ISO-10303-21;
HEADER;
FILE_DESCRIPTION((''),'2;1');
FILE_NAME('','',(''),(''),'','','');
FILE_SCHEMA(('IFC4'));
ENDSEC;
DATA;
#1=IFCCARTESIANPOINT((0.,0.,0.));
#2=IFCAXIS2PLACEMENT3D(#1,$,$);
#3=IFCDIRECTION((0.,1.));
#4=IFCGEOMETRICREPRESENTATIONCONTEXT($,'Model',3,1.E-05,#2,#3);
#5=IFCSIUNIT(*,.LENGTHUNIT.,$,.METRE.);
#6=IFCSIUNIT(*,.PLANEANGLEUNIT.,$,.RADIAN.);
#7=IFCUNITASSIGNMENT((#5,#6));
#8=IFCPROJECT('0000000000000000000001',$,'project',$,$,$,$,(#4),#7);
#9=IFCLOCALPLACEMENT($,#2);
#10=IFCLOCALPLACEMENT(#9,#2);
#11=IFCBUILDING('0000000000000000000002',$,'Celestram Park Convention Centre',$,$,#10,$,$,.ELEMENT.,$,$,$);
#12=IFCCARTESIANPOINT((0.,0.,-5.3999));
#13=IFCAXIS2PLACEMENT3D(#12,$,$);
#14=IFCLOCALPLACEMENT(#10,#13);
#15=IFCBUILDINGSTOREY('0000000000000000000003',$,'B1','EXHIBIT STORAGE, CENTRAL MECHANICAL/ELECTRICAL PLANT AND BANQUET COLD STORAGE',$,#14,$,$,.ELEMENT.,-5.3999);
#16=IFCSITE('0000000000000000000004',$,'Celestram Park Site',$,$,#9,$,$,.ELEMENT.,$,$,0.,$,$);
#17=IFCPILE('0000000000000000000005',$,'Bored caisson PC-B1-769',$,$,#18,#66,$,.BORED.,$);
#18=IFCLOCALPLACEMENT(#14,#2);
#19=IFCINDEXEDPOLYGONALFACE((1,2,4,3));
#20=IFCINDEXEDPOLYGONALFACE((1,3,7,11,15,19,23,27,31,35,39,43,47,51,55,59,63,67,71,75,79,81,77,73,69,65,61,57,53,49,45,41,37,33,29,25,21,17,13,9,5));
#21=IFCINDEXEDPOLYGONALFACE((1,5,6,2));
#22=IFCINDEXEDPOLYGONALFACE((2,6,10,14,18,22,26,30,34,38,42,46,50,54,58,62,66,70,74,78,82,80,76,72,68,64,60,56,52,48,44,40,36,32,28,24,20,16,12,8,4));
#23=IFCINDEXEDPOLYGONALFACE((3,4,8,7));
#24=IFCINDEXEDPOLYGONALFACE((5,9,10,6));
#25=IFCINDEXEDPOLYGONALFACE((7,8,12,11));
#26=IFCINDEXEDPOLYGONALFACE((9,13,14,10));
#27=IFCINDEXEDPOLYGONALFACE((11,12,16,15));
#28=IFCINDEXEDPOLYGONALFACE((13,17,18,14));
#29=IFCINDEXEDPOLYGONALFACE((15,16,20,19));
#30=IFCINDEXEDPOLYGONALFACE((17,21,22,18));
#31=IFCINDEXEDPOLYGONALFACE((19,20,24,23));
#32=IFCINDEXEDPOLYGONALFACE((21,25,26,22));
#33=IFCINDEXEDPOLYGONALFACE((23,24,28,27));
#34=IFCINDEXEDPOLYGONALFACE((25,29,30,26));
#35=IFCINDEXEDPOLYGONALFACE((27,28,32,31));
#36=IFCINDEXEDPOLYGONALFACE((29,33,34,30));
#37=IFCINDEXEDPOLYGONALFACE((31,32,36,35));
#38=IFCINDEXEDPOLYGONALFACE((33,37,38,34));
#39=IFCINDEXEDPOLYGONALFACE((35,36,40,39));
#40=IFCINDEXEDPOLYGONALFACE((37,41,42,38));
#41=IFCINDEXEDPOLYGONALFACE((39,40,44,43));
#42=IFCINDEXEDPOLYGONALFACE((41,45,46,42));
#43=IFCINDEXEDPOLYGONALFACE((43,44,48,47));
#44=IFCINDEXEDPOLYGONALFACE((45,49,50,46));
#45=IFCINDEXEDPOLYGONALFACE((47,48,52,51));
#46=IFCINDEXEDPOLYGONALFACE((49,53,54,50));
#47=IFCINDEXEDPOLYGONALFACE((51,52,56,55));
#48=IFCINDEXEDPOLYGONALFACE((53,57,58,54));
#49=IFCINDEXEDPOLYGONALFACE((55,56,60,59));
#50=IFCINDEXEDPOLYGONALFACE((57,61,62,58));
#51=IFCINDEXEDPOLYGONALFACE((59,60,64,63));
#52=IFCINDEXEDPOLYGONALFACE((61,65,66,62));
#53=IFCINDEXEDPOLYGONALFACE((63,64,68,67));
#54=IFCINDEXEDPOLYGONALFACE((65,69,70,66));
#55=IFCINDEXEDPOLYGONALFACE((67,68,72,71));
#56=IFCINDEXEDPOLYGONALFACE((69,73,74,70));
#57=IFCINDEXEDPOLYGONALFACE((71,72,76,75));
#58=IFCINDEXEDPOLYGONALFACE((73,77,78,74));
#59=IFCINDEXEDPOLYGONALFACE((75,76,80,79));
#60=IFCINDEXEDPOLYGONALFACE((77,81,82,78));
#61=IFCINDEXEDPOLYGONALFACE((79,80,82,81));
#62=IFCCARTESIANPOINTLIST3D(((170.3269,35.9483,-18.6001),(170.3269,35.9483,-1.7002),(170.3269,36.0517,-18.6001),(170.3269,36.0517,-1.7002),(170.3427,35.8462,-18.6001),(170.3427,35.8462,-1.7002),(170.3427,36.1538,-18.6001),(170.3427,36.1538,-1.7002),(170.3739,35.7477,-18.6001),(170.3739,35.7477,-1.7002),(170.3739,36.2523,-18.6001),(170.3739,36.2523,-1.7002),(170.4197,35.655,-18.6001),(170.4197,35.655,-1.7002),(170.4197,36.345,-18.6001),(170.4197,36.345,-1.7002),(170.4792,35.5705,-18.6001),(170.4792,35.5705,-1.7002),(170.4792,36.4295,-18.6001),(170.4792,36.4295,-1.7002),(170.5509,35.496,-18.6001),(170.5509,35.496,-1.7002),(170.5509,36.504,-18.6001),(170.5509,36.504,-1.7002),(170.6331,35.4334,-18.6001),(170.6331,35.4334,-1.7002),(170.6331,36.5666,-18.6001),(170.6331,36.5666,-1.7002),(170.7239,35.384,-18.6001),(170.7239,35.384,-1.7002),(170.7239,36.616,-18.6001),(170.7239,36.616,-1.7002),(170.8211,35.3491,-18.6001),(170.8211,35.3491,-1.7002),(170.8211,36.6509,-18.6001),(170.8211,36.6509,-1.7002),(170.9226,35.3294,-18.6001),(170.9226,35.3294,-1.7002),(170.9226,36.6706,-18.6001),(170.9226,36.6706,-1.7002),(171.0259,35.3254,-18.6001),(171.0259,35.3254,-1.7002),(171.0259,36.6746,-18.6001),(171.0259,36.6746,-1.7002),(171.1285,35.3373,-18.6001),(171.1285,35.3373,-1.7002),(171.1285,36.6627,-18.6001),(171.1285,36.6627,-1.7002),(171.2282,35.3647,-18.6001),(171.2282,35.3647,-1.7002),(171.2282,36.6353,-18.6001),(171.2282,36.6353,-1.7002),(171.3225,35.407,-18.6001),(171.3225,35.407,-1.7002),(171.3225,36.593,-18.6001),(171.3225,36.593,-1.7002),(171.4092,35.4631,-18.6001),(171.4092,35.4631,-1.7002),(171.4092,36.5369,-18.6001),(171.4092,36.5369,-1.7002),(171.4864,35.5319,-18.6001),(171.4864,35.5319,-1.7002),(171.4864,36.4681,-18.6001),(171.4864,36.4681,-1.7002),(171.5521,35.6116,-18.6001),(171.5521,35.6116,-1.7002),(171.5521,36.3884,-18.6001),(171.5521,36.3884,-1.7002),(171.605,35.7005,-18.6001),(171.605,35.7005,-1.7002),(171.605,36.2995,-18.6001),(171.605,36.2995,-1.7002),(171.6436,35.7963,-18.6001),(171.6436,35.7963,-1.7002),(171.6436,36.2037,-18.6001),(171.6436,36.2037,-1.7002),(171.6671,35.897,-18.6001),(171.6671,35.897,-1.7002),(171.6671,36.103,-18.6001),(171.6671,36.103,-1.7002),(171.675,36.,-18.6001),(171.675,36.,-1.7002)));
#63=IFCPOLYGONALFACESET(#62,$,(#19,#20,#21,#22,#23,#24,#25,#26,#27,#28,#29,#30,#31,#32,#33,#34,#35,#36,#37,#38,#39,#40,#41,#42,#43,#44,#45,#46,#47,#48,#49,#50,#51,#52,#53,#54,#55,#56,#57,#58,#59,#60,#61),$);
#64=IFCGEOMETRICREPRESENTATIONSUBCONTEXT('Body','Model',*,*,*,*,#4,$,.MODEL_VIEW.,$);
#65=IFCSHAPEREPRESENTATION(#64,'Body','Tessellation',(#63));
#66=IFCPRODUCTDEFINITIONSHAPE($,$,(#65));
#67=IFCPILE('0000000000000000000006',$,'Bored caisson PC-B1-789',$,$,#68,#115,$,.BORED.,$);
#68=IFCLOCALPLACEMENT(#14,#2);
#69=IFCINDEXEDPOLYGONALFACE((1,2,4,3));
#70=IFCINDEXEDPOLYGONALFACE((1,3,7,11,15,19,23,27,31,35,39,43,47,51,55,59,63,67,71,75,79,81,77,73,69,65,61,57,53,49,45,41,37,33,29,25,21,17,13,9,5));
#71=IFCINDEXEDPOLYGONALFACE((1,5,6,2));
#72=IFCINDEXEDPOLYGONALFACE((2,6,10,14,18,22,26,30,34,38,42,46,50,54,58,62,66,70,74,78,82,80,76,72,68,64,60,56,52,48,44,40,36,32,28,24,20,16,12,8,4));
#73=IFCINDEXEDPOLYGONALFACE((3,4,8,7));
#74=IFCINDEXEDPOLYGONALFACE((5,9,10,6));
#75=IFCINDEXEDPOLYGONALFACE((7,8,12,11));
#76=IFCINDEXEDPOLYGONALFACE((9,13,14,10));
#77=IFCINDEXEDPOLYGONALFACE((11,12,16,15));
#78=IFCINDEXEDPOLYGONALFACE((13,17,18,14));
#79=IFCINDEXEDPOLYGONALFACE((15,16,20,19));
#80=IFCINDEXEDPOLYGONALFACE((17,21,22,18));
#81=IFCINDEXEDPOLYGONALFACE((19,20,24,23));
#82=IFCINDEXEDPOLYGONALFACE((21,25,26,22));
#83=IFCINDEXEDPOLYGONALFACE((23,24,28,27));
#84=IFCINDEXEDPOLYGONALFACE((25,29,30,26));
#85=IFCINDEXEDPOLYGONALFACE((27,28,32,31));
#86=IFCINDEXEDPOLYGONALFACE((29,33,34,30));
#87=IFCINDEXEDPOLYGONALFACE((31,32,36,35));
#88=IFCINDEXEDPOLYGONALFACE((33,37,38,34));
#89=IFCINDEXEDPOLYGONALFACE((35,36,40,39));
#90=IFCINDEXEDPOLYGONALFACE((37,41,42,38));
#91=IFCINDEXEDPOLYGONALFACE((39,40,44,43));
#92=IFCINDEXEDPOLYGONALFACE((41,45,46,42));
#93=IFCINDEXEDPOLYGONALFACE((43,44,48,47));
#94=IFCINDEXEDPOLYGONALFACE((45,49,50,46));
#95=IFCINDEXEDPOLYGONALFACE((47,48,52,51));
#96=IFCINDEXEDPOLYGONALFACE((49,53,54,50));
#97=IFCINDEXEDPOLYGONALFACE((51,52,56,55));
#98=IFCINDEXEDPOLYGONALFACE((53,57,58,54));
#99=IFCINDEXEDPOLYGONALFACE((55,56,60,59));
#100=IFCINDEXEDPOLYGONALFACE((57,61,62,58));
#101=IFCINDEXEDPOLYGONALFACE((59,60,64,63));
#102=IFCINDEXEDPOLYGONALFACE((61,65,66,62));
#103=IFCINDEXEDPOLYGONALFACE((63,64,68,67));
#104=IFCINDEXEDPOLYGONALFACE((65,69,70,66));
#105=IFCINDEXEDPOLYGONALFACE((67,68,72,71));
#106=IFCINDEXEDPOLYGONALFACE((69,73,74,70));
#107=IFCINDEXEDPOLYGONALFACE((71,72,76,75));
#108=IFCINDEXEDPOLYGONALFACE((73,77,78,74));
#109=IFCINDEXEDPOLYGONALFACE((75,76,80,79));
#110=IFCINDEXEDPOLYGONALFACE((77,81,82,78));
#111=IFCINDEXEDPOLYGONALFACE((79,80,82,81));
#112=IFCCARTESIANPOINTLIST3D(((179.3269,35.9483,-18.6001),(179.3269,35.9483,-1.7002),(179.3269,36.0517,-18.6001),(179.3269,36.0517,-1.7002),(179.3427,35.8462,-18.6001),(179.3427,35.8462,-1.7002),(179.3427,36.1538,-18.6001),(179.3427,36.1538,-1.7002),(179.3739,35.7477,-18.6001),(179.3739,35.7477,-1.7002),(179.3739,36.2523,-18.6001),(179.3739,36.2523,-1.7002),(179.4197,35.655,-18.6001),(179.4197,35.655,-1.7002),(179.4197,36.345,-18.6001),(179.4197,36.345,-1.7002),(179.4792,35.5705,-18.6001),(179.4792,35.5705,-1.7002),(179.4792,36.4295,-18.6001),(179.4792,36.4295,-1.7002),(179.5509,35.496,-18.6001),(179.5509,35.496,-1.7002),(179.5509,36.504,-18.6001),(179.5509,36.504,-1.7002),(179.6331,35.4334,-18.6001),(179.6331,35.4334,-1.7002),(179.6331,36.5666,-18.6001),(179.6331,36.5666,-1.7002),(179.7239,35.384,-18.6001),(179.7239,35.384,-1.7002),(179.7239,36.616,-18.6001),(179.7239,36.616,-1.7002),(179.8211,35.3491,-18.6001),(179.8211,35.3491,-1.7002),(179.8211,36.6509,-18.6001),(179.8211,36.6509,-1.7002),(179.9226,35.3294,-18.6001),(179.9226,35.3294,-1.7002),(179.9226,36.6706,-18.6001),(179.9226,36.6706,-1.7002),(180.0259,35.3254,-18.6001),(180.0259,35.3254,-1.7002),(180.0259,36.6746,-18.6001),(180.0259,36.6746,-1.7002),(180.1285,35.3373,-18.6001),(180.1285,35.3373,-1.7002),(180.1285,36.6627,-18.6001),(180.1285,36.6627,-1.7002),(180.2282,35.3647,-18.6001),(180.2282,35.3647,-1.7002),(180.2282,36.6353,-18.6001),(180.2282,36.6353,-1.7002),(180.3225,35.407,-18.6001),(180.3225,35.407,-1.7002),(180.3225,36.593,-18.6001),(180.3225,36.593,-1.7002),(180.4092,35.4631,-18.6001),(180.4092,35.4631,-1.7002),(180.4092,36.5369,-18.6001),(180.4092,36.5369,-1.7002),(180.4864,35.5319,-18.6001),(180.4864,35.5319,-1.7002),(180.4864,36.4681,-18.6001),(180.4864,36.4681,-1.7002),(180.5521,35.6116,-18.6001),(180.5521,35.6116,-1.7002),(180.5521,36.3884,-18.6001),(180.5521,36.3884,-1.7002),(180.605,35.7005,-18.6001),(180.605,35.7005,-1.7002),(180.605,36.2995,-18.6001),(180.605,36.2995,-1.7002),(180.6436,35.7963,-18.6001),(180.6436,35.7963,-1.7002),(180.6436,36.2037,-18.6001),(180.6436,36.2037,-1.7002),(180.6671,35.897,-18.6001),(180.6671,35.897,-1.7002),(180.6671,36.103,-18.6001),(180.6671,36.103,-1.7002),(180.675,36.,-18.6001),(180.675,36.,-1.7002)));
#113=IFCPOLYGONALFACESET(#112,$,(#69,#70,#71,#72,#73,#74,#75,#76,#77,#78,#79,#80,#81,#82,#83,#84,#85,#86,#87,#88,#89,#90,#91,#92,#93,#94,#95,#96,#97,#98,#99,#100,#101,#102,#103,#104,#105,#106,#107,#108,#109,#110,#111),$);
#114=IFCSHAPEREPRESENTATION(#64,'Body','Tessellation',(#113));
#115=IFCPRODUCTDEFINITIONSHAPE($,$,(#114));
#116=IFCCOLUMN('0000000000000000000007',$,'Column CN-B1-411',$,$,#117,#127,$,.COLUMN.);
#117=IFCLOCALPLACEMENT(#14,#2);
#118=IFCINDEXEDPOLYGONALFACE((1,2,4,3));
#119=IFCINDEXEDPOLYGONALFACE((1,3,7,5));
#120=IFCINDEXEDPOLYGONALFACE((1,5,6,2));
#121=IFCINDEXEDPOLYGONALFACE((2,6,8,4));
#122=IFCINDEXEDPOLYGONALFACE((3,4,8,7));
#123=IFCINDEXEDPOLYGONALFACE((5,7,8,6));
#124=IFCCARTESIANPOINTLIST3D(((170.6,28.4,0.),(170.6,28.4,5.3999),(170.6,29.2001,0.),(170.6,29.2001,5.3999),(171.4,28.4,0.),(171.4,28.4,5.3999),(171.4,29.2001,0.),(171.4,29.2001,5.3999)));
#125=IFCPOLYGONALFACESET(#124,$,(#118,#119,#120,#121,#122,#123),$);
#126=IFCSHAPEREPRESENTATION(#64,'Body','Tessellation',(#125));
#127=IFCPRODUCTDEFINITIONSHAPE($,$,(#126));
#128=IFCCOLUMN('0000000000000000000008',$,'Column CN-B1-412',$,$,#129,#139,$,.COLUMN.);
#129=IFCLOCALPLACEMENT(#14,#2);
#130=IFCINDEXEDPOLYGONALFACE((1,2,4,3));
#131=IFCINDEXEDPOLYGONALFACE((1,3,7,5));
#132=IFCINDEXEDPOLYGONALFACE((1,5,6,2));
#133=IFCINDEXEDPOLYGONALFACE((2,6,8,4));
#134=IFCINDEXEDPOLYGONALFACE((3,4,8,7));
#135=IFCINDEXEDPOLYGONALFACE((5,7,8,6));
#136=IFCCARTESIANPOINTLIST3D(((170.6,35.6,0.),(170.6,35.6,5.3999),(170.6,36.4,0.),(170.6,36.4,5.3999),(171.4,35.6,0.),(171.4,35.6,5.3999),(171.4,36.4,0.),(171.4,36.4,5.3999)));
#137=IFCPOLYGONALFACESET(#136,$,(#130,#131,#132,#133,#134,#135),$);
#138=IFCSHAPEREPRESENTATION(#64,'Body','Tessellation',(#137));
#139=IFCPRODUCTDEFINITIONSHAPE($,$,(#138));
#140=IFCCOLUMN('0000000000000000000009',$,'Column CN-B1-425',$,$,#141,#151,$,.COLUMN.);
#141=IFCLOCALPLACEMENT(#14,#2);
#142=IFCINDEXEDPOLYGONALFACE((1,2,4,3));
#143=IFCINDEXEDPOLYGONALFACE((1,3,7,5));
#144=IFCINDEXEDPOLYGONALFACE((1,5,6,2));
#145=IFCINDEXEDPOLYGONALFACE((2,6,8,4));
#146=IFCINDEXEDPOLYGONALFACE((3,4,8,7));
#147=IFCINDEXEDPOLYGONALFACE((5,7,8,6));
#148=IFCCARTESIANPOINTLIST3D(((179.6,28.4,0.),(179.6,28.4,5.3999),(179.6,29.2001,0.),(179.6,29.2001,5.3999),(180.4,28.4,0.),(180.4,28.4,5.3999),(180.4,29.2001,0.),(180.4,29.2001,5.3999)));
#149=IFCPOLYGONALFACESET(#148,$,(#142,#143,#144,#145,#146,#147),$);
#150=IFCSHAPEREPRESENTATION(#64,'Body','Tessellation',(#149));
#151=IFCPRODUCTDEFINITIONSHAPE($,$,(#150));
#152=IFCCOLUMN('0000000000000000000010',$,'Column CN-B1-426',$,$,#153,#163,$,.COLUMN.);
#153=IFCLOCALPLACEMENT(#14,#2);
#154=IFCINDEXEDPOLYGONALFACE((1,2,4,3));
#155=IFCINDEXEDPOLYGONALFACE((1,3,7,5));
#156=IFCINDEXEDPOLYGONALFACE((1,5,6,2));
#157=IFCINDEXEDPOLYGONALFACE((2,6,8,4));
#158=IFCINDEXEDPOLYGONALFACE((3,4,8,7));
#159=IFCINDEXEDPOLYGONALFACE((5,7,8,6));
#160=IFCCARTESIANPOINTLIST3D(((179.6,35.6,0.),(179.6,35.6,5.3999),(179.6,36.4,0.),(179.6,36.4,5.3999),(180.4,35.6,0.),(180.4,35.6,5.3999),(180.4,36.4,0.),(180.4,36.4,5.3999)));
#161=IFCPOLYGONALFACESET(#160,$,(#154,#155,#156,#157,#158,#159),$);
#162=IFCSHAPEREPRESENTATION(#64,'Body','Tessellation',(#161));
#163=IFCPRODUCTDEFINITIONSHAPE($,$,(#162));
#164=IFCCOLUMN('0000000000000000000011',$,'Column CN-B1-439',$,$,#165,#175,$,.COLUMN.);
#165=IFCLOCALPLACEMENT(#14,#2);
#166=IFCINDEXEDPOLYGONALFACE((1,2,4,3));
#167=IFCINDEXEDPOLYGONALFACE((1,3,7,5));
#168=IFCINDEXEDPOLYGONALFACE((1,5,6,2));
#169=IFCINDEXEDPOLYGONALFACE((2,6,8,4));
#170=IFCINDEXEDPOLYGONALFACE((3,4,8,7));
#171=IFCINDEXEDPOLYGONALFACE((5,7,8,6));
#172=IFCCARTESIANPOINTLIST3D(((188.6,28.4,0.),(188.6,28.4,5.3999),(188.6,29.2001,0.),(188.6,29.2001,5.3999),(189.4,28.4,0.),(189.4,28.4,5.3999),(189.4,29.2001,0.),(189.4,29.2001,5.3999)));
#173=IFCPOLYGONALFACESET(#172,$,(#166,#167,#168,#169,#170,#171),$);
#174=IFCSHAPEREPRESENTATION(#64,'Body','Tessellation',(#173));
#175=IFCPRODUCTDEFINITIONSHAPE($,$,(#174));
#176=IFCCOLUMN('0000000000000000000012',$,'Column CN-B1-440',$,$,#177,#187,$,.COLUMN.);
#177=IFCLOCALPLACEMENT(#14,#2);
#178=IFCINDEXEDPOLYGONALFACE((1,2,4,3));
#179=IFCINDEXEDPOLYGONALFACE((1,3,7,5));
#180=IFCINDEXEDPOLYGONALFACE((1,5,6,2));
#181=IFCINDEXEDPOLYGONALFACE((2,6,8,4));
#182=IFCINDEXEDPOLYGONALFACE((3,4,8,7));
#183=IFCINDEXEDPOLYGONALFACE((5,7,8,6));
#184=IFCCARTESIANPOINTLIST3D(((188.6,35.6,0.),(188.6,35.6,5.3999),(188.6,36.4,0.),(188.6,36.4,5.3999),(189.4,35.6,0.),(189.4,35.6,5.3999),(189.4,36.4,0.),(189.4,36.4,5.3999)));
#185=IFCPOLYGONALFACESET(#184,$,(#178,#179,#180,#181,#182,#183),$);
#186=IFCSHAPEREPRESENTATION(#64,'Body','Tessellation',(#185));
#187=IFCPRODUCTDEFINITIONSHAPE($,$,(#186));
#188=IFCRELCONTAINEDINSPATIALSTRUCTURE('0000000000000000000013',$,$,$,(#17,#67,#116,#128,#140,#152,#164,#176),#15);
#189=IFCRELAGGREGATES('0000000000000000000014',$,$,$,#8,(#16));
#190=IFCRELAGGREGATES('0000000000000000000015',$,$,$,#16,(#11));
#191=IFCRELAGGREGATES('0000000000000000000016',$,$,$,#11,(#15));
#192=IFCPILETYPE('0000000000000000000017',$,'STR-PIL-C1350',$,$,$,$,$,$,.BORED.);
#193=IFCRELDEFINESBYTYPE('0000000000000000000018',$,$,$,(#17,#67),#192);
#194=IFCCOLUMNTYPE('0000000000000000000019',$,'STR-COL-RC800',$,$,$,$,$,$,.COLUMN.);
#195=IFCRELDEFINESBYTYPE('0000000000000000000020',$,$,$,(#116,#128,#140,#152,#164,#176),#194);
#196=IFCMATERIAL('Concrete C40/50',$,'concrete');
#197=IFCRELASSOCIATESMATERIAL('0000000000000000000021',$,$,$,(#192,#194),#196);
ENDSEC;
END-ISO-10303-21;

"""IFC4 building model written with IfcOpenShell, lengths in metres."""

from ifc_helpers import new_model, si_unit, direction, frame, origin, origin_2d, place, context, subcontext, project, spatial, rectangle, circle, extrude, material, material_profile, profile_set, type_object, element, save


model = new_model("IFC4")

# Units and contexts
model_context = context("Model", 3, precision=1e-05, world=origin(), true_north=direction((0.0, 1.0)))
body_context = subcontext(model_context, "Body", "Model", "MODEL_VIEW")
ifc_project = project(units=[si_unit("LENGTHUNIT", "METRE"), si_unit("PLANEANGLEUNIT", "RADIAN")], contexts=[model_context])

# Site, building, storey
site_placement = place(None, origin())
site = spatial("IfcSite", under=ifc_project, at=site_placement, Name="Celestram Park Site", CompositionType="ELEMENT", RefElevation=0.0)
building_placement = place(site_placement, origin())
building = spatial("IfcBuilding", under=site, at=building_placement, Name="Celestram Park Convention Centre", CompositionType="ELEMENT")
storey_placement = place(building_placement, frame((0.0, 0.0, -5.3999)))
storey = spatial("IfcBuildingStorey", under=building, at=storey_placement, Name="B1", Description="EXHIBIT STORAGE, CENTRAL MECHANICAL/ELECTRICAL PLANT AND BANQUET COLD STORAGE", CompositionType="ELEMENT", Elevation=-5.3999)

# Shared definitions
ifc_material_1 = material(Name="Concrete C40/50", Category="concrete")

# Piles
ifc_material_profile_1 = material_profile(ifc_material_1, circle(Radius=0.675, at=origin_2d()), Name="CAISSON1350")
ifc_profile_set_1 = profile_set([ifc_material_profile_1], Name="Concrete C40/50")
pile_type_1 = type_object("IfcPileType", Name="STR-PIL-C1350", PredefinedType="BORED", material=ifc_profile_set_1)
for number, where, z_axis, x_axis, name in (
    (1, (171.0, 36.0, -1.7002), (0.0, 0.0, -1.0), (1.0, 0.0, 0.0), "Bored caisson PC-B1-769"),
    (2, (180.0, 36.0, -1.7002), (0.0, 0.0, -1.0), (1.0, 0.0, 0.0), "Bored caisson PC-B1-789"),
):
    element("IfcPile", number, at=place(storey_placement, frame(where, z_axis=z_axis, x_axis=x_axis)), inside=storey, type_object=pile_type_1, Name=name, PredefinedType="BORED", context=body_context, shape_type="SweptSolid", body=[
        extrude(circle(Radius=0.675, at=origin_2d()), origin(), (0.0, 0.0, 1.0), 16.8999),
    ])

# Columns
ifc_material_profile_2 = material_profile(ifc_material_1, rectangle(XDim=0.8, YDim=0.8, at=origin_2d()), Name="RC800X800")
ifc_profile_set_2 = profile_set([ifc_material_profile_2], Name="Concrete C40/50")
column_type = type_object("IfcColumnType", Name="STR-COL-RC800", PredefinedType="COLUMN", material=ifc_profile_set_2)
for number, where, z_axis, x_axis, name in (
    (3, (171.0, 28.8, 0.0), (0.0, 0.0, 1.0), (1.0, 0.0, 0.0), "Column CN-B1-411"),
    (4, (171.0, 36.0, 0.0), (0.0, 0.0, 1.0), (1.0, 0.0, 0.0), "Column CN-B1-412"),
    (5, (180.0, 28.8, 0.0), (0.0, 0.0, 1.0), (1.0, 0.0, 0.0), "Column CN-B1-425"),
    (6, (180.0, 36.0, 0.0), (0.0, 0.0, 1.0), (1.0, 0.0, 0.0), "Column CN-B1-426"),
    (7, (189.0, 28.8, 0.0), (0.0, 0.0, 1.0), (1.0, 0.0, 0.0), "Column CN-B1-439"),
    (8, (189.0, 36.0, 0.0), (0.0, 0.0, 1.0), (1.0, 0.0, 0.0), "Column CN-B1-440"),
):
    element("IfcColumn", number, at=place(storey_placement, frame(where, z_axis=z_axis, x_axis=x_axis)), inside=storey, type_object=column_type, Name=name, PredefinedType="COLUMN", context=body_context, shape_type="SweptSolid", body=[
        extrude(rectangle(XDim=0.8, YDim=0.8, at=origin_2d()), origin(), (0.0, 0.0, 1.0), 5.3999),
    ])

save(model, "model.ifc")
